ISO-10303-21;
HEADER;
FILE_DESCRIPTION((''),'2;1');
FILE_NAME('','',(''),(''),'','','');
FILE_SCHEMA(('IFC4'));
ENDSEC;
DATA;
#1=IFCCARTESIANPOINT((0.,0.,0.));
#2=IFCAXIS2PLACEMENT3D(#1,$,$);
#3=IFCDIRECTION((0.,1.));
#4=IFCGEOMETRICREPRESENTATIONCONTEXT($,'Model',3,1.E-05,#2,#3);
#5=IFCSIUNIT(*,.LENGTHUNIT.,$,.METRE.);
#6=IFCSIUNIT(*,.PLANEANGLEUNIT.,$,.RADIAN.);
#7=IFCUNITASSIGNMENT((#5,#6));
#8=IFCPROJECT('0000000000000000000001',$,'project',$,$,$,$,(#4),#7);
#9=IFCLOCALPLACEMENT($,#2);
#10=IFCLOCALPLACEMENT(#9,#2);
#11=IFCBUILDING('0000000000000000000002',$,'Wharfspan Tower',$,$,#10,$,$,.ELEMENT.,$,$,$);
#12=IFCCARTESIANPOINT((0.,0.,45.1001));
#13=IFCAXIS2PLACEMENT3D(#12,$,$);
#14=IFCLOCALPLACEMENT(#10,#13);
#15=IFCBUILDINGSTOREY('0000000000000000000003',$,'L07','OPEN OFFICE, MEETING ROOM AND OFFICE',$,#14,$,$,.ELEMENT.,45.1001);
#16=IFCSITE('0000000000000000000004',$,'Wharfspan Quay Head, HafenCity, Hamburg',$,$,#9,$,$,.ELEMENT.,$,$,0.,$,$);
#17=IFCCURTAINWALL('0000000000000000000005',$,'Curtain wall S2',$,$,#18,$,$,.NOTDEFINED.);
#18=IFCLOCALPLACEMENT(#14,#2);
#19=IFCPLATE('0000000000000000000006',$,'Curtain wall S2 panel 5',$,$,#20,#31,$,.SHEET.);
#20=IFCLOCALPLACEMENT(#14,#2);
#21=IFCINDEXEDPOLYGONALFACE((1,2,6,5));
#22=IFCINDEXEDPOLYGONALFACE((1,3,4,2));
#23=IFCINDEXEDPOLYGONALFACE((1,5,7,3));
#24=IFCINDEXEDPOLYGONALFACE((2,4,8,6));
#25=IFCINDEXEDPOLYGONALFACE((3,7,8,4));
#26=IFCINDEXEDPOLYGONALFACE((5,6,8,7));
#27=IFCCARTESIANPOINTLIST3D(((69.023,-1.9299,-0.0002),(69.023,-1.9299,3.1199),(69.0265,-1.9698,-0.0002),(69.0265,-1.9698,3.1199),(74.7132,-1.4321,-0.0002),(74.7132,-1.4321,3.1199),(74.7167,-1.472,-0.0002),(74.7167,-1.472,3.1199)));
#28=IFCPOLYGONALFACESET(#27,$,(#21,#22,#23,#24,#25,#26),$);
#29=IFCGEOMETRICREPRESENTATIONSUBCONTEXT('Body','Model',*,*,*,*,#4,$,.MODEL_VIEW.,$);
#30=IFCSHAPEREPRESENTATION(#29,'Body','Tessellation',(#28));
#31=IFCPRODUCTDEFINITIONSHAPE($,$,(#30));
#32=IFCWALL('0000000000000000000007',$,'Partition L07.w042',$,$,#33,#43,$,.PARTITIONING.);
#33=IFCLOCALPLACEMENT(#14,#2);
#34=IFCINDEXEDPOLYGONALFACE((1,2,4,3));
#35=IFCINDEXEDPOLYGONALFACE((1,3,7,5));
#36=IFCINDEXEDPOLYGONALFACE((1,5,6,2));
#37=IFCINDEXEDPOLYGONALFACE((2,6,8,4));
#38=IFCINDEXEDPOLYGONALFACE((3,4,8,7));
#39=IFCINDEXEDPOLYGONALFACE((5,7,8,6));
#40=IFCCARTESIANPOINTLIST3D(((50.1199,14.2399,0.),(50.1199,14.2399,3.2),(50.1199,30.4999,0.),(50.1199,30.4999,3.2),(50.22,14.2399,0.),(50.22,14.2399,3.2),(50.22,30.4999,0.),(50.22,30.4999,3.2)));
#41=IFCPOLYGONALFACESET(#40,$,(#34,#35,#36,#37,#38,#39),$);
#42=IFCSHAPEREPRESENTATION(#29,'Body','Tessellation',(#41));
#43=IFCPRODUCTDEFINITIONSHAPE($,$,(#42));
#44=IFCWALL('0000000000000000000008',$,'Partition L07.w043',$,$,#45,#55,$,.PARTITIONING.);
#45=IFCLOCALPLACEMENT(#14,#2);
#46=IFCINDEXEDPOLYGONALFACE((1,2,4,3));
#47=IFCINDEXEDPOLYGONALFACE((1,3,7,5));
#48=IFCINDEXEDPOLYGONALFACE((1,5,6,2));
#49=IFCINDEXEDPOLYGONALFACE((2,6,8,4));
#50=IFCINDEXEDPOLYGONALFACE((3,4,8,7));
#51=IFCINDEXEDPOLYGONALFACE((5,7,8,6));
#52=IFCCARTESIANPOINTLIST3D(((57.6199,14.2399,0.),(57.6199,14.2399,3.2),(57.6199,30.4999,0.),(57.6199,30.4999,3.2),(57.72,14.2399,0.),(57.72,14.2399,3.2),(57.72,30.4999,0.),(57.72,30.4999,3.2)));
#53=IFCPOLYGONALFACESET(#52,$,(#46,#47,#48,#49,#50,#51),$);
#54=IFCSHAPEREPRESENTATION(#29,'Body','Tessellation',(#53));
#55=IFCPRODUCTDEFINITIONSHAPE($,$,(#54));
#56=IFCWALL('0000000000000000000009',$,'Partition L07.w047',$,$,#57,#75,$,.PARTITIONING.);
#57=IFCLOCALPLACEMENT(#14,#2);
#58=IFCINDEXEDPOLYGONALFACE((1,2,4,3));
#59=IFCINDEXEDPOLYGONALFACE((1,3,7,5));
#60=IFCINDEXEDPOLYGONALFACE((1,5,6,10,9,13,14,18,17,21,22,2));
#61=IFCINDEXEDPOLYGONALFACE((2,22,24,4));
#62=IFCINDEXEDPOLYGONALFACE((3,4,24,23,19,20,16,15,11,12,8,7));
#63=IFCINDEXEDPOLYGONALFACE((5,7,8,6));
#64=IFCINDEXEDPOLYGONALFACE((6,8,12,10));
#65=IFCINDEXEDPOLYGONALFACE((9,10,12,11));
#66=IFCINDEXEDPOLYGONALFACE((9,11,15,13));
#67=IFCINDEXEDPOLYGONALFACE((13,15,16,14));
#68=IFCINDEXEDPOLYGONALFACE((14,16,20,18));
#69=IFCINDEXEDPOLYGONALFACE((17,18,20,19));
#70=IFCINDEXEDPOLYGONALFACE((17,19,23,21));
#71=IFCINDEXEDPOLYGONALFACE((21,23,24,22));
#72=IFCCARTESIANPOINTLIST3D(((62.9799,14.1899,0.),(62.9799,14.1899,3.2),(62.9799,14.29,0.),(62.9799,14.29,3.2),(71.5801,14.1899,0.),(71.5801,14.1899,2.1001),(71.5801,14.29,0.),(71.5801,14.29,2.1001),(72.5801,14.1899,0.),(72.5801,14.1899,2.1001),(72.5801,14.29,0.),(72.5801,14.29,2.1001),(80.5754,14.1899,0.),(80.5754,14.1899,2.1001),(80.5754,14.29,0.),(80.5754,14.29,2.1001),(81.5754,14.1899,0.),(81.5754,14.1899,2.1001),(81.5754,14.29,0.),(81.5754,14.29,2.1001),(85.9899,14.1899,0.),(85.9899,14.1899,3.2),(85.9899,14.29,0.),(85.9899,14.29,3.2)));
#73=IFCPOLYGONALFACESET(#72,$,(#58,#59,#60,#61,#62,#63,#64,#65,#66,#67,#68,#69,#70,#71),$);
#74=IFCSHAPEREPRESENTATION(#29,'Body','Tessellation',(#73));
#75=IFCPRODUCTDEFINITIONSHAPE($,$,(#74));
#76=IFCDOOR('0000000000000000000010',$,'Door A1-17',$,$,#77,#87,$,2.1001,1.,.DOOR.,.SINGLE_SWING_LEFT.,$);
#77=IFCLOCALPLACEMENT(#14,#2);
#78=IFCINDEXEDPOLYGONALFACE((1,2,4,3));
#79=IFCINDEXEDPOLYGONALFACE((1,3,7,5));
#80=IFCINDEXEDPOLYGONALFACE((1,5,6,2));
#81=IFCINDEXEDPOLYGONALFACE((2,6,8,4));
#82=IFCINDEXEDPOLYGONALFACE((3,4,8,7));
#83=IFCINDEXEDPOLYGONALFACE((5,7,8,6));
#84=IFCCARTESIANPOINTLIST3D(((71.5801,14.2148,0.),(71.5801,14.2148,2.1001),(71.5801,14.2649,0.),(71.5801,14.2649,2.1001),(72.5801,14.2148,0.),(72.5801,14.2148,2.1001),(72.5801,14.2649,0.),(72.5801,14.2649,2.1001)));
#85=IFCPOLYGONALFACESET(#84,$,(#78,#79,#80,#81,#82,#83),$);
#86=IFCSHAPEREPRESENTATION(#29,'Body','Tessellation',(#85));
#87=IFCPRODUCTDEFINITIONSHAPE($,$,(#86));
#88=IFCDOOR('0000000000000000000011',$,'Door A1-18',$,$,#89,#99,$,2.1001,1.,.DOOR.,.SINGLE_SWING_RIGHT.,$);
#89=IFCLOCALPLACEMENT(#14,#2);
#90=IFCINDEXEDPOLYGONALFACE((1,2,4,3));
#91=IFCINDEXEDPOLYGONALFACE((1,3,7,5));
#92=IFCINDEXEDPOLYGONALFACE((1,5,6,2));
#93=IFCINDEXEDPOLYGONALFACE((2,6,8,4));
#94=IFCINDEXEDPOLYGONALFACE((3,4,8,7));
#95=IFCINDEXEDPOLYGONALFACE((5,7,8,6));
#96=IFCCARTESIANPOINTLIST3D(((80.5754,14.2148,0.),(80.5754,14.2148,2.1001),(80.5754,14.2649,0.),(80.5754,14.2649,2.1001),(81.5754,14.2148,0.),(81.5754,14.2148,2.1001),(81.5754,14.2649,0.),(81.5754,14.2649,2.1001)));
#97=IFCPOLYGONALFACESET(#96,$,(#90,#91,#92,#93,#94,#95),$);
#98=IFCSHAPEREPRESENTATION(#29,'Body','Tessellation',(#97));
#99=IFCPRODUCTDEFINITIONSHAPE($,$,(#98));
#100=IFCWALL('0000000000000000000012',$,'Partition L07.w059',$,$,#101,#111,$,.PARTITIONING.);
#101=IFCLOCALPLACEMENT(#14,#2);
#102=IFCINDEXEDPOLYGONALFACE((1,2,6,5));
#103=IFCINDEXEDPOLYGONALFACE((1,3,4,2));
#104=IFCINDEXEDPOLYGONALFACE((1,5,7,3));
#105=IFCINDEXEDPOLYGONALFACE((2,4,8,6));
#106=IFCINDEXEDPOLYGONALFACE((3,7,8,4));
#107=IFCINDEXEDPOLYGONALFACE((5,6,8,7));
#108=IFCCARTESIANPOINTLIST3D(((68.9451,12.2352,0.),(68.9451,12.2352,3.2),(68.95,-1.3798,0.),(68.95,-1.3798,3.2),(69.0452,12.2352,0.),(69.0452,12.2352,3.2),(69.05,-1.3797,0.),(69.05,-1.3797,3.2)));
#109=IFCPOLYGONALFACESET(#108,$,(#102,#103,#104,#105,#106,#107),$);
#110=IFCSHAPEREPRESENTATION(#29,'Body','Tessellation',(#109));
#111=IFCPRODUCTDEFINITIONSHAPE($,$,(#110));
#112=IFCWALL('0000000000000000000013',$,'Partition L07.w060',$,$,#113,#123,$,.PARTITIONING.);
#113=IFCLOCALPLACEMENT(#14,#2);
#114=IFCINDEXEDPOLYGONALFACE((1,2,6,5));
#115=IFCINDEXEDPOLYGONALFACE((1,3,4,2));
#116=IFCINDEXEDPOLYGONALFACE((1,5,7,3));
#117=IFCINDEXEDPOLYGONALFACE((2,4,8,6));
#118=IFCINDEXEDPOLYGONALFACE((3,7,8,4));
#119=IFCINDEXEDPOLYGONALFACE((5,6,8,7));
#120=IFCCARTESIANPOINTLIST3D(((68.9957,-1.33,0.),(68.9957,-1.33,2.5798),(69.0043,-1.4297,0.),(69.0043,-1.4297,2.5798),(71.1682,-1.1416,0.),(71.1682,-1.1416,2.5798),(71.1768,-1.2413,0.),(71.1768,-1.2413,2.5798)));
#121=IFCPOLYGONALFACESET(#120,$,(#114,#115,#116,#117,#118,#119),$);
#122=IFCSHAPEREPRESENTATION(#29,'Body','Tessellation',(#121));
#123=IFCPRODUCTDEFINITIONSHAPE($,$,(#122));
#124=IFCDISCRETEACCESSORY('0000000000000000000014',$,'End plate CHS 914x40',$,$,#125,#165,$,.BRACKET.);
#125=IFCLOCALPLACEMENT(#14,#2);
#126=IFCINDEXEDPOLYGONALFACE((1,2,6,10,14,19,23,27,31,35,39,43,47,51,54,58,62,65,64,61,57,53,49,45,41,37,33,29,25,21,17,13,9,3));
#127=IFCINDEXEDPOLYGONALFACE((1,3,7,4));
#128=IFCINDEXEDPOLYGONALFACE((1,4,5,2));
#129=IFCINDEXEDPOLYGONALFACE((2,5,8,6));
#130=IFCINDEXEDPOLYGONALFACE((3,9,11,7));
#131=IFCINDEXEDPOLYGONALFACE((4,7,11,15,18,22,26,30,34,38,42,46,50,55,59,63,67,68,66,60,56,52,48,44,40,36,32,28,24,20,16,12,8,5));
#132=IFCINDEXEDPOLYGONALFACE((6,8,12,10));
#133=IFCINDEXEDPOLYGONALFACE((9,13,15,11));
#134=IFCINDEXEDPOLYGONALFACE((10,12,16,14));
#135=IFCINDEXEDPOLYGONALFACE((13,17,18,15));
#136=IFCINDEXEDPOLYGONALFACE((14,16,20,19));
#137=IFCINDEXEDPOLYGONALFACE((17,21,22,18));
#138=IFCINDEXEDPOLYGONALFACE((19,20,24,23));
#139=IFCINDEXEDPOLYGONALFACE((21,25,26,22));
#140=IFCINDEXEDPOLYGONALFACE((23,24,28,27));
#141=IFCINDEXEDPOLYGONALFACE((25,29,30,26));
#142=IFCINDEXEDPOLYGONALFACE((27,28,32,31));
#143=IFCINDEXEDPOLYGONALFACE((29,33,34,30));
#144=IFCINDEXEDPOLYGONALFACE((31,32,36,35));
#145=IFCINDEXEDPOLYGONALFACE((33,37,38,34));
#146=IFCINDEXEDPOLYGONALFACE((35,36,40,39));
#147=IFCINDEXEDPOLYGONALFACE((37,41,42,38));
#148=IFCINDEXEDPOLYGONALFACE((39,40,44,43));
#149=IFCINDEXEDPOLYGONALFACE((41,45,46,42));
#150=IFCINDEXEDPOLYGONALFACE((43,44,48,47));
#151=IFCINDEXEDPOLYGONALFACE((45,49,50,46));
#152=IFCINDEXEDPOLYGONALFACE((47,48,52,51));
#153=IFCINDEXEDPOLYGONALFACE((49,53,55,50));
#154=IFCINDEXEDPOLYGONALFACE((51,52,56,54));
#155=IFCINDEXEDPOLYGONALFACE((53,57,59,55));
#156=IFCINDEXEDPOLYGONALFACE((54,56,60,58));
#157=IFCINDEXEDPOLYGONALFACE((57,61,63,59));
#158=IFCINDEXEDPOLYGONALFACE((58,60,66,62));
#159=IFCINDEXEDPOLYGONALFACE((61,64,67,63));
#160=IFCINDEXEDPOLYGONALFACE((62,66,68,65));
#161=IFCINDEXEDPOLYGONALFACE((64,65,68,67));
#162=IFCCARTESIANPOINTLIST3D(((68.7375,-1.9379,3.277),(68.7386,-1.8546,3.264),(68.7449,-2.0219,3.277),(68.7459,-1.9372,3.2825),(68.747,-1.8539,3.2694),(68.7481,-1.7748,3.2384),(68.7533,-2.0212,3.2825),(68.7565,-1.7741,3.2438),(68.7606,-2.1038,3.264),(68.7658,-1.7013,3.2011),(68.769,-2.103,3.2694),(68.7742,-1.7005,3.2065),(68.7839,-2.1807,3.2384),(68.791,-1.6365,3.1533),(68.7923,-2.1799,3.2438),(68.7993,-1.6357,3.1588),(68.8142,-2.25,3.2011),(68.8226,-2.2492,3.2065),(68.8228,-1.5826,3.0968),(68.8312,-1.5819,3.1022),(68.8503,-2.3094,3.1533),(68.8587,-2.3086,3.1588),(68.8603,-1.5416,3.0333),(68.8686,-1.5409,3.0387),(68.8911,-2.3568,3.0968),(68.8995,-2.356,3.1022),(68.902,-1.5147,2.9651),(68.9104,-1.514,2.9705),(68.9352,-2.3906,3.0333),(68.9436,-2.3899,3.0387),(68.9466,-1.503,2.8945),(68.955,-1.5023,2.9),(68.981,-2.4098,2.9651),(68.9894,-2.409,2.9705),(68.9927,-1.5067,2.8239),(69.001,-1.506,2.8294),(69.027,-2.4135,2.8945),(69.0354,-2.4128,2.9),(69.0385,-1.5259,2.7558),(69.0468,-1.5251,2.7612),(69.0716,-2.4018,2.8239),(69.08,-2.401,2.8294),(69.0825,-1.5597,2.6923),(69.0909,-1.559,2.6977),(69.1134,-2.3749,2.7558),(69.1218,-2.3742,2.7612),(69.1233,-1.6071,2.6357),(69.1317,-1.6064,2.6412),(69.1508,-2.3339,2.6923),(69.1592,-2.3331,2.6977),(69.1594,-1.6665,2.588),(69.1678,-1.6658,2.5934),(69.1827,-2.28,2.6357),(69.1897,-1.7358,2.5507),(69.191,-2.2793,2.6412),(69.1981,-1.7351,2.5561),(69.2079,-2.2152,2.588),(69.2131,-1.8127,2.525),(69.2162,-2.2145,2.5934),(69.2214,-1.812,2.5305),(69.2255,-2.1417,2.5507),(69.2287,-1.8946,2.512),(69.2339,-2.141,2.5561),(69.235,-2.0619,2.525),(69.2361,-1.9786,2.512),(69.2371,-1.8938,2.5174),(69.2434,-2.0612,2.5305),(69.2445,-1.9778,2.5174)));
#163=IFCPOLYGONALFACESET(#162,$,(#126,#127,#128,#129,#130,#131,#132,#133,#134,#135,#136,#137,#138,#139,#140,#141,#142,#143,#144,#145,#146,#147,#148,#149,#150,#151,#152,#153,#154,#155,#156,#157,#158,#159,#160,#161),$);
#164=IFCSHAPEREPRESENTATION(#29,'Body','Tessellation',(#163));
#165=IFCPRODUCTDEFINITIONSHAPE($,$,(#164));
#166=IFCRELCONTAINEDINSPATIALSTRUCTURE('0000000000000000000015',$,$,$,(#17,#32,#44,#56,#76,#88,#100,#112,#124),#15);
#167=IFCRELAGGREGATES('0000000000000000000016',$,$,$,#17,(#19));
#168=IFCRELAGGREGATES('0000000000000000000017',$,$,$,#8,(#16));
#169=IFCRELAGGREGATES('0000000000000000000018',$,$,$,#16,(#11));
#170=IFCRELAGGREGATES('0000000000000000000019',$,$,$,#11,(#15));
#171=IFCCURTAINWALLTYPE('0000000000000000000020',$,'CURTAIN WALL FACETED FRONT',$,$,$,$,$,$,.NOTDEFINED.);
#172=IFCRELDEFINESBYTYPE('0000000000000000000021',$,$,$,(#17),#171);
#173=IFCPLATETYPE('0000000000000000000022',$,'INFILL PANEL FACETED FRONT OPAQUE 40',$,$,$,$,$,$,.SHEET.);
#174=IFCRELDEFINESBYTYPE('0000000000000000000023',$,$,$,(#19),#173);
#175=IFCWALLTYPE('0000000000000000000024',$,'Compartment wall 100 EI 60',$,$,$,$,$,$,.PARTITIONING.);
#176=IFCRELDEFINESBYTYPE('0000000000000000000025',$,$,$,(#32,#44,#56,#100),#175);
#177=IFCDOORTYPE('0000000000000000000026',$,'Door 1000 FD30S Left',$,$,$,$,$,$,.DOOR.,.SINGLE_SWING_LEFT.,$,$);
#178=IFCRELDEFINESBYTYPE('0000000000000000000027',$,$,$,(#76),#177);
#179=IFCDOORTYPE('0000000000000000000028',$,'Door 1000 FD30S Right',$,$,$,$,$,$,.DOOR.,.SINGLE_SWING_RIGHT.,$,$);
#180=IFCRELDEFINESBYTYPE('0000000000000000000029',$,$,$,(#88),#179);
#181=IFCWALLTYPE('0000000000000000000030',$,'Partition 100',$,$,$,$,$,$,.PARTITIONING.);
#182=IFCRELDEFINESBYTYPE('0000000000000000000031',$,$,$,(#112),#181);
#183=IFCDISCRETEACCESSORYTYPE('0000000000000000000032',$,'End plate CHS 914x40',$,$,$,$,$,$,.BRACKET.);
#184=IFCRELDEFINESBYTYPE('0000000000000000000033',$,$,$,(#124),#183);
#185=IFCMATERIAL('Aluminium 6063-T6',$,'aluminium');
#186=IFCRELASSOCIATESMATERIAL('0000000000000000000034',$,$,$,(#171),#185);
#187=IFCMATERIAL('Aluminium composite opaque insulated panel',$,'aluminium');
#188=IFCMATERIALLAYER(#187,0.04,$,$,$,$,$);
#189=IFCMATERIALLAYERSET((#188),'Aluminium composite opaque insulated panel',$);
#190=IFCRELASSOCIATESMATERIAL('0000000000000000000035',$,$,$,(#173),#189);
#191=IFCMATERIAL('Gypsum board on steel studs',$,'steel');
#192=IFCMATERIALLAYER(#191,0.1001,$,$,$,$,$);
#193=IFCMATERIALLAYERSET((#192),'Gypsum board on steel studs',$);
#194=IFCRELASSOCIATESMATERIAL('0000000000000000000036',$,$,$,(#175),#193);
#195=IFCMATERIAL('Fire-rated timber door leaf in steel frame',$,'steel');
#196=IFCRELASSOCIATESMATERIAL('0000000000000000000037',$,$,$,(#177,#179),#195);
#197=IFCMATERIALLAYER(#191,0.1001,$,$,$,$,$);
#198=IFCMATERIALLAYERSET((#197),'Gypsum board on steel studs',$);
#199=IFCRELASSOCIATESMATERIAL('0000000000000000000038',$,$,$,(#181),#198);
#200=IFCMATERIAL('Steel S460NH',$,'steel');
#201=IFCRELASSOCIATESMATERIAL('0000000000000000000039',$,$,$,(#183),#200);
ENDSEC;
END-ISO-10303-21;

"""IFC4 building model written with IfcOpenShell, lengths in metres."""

from ifc_helpers import new_model, si_unit, direction, frame, frame_2d, origin, origin_2d, place, context, subcontext, project, spatial, rectangle, circle, extrude, material, layer, layer_set, material_profile, profile_set, type_object, element, fill, aggregate, save


model = new_model("IFC4")

# Units and contexts
model_context = context("Model", 3, precision=1e-05, world=origin(), true_north=direction((0.0, 1.0)))
body_context = subcontext(model_context, "Body", "Model", "MODEL_VIEW")
ifc_project = project(units=[si_unit("LENGTHUNIT", "METRE"), si_unit("PLANEANGLEUNIT", "RADIAN")], contexts=[model_context])

# Site, building, storey
site_placement = place(None, origin())
site = spatial("IfcSite", under=ifc_project, at=site_placement, Name="Wharfspan Quay Head, HafenCity, Hamburg", CompositionType="ELEMENT", RefElevation=0.0)
building_placement = place(site_placement, origin())
building = spatial("IfcBuilding", under=site, at=building_placement, Name="Wharfspan Tower", CompositionType="ELEMENT")
storey_placement = place(building_placement, frame((0.0, 0.0, 45.1001)))
storey = spatial("IfcBuildingStorey", under=building, at=storey_placement, Name="L07", Description="OPEN OFFICE, MEETING ROOM AND OFFICE", CompositionType="ELEMENT", Elevation=45.1001)

# Curtain wall
ifc_material_1 = material(Name="Aluminium 6063-T6", Category="aluminium")
curtain_wall_type = type_object("IfcCurtainWallType", Name="CURTAIN WALL FACETED FRONT", PredefinedType="NOTDEFINED", material=ifc_material_1)
curtain_wall_placement = place(storey_placement, origin())
curtain_wall = element("IfcCurtainWall", 1, at=curtain_wall_placement, inside=storey, type_object=curtain_wall_type, Name="Curtain wall S2", PredefinedType="NOTDEFINED")

# Shared definitions
ifc_material_2 = material(Name="Steel S460NH", Category="steel")

# Plate
ifc_material_3 = material(Name="Aluminium composite opaque insulated panel", Category="aluminium")
ifc_layer_1 = layer(ifc_material_3, 0.04)
ifc_layer_set_1 = layer_set([ifc_layer_1], Name="Aluminium composite opaque insulated panel")
plate_type_1 = type_object("IfcPlateType", Name="INFILL PANEL FACETED FRONT OPAQUE 40", PredefinedType="SHEET", material=ifc_layer_set_1)
plate_1_placement = place(storey_placement, frame((71.8699, -1.7009, -0.0002), z_axis=(0.0, 0.0, 1.0), x_axis=(0.996197, 0.087156, 0.0)))
plate_1 = element("IfcPlate", 2, at=plate_1_placement, type_object=plate_type_1, Name="Curtain wall S2 panel 5", PredefinedType="SHEET", context=body_context, shape_type="SweptSolid", body=[
    extrude(rectangle(XDim=5.7119, YDim=0.04, at=origin_2d()), origin(), (0.0, 0.0, 1.0), 3.1201),
])
aggregate(curtain_wall, [plate_1])

# Walls
ifc_material_4 = material(Name="Gypsum board on steel studs", Category="steel")
ifc_layer_2 = layer(ifc_material_4, 0.1001)
ifc_layer_set_2 = layer_set([ifc_layer_2], Name="Gypsum board on steel studs")
wall_type_1 = type_object("IfcWallType", Name="Compartment wall 100 EI 60", PredefinedType="PARTITIONING", material=ifc_layer_set_2)
for number, where, z_axis, x_axis, name in (
    (3, (50.1699, 14.24, 0.0), (0.0, 0.0, 1.0), (0.0, 1.0, 0.0), "Partition L07.w042"),
    (4, (57.6699, 14.24, 0.0), (0.0, 0.0, 1.0), (0.0, 1.0, 0.0), "Partition L07.w043"),
):
    element("IfcWall", number, at=place(storey_placement, frame(where, z_axis=z_axis, x_axis=x_axis)), inside=storey, type_object=wall_type_1, Name=name, PredefinedType="PARTITIONING", context=body_context, shape_type="SweptSolid", body=[
        extrude(rectangle(XDim=16.26, YDim=0.1001, at=frame_2d((8.1299, 0.0))), origin(), (0.0, 0.0, 1.0), 3.2),
    ])

# Wall, openings, doors
wall_1_placement = place(storey_placement, frame((62.98, 14.24, 0.0), z_axis=(0.0, 0.0, 1.0), x_axis=(1.0, 0.0, 0.0)))
wall_1 = element("IfcWall", 5, at=wall_1_placement, inside=storey, type_object=wall_type_1, Name="Partition L07.w047", PredefinedType="PARTITIONING", context=body_context, shape_type="SweptSolid", body=[
    extrude(rectangle(XDim=23.01, YDim=0.1001, at=frame_2d((11.5049, 0.0))), origin(), (0.0, 0.0, 1.0), 3.2),
])
opening_1_placement = place(wall_1_placement, frame((8.6001, 0.0, 0.0)))
opening_1 = element("IfcOpeningElement", 6, at=opening_1_placement, cuts=wall_1, PredefinedType="OPENING", context=body_context, shape_type="SweptSolid", body=[
    extrude(rectangle(XDim=1.0, YDim=2.1001, at=frame_2d((0.5, 1.05))), frame((0.0, 0.0601, 0.0), z_axis=(0.0, -1.0, 0.0), x_axis=(1.0, 0.0, 0.0)), (0.0, 0.0, 1.0), 0.1201),
])
opening_2_placement = place(wall_1_placement, frame((17.5955, 0.0, 0.0)))
opening_2 = element("IfcOpeningElement", 7, at=opening_2_placement, cuts=wall_1, PredefinedType="OPENING", context=body_context, shape_type="SweptSolid", body=[
    extrude(rectangle(XDim=1.0, YDim=2.1001, at=frame_2d((0.5, 1.05))), frame((0.0, 0.0601, 0.0), z_axis=(0.0, -1.0, 0.0), x_axis=(1.0, 0.0, 0.0)), (0.0, 0.0, 1.0), 0.1201),
])
ifc_material_5 = material(Name="Fire-rated timber door leaf in steel frame", Category="steel")
door_type_1 = type_object("IfcDoorType", Name="Door 1000 FD30S Left", OperationType="SINGLE_SWING_LEFT", PredefinedType="DOOR", material=ifc_material_5)
door_1_placement = place(opening_1_placement, origin())
door_1 = element("IfcDoor", 8, at=door_1_placement, inside=storey, type_object=door_type_1, Name="Door A1-17", OperationType="SINGLE_SWING_LEFT", OverallHeight=2.1001, OverallWidth=1.0, PredefinedType="DOOR", context=body_context, shape_type="SweptSolid", body=[
    extrude(rectangle(XDim=1.0, YDim=2.1001, at=frame_2d((0.5, 1.05))), frame((0.0, 0.0249, 0.0), z_axis=(0.0, -1.0, 0.0), x_axis=(1.0, 0.0, 0.0)), (0.0, 0.0, 1.0), 0.05),
])
fill(opening_1, door_1)
door_type_2 = type_object("IfcDoorType", Name="Door 1000 FD30S Right", OperationType="SINGLE_SWING_RIGHT", PredefinedType="DOOR", material=ifc_material_5)
door_2_placement = place(opening_2_placement, origin())
door_2 = element("IfcDoor", 9, at=door_2_placement, inside=storey, type_object=door_type_2, Name="Door A1-18", OperationType="SINGLE_SWING_RIGHT", OverallHeight=2.1001, OverallWidth=1.0, PredefinedType="DOOR", context=body_context, shape_type="SweptSolid", body=[
    extrude(rectangle(XDim=1.0, YDim=2.1001, at=frame_2d((0.5, 1.05))), frame((0.0, 0.0249, 0.0), z_axis=(0.0, -1.0, 0.0), x_axis=(1.0, 0.0, 0.0)), (0.0, 0.0, 1.0), 0.05),
])
fill(opening_2, door_2)

# Walls
wall_2_placement = place(storey_placement, frame((69.0, -1.3799, 0.0), z_axis=(0.0, 0.0, 1.0), x_axis=(-0.000359, 1.000002, 0.0)))
element("IfcWall", 10, at=wall_2_placement, inside=storey, type_object=wall_type_1, Name="Partition L07.w059", PredefinedType="PARTITIONING", context=body_context, shape_type="SweptSolid", body=[
    extrude(rectangle(XDim=13.615, YDim=0.1001, at=frame_2d((6.8076, 0.0))), origin(), (0.0, 0.0, 1.0), 3.2),
])
ifc_layer_3 = layer(ifc_material_4, 0.1001)
ifc_layer_set_3 = layer_set([ifc_layer_3], Name="Gypsum board on steel studs")
wall_type_2 = type_object("IfcWallType", Name="Partition 100", PredefinedType="PARTITIONING", material=ifc_layer_set_3)
wall_3_placement = place(storey_placement, frame((69.0, -1.3799, 0.0), z_axis=(0.0, 0.0, 1.0), x_axis=(0.996261, 0.086427, 0.0)))
element("IfcWall", 11, at=wall_3_placement, inside=storey, type_object=wall_type_2, Name="Partition L07.w060", PredefinedType="PARTITIONING", context=body_context, shape_type="SweptSolid", body=[
    extrude(rectangle(XDim=2.1807, YDim=0.1001, at=frame_2d((1.0903, 0.0))), origin(), (0.0, 0.0, 1.0), 2.5798),
])

# Discrete accessory
ifc_material_profile_1 = material_profile(ifc_material_2, circle(Radius=0.457, at=origin_2d()))
ifc_profile_set_1 = profile_set([ifc_material_profile_1], Name="Steel S460NH")
discrete_accessory_type = type_object("IfcDiscreteAccessoryType", Name="End plate CHS 914x40", PredefinedType="BRACKET", material=ifc_profile_set_1)
discrete_accessory_placement = place(storey_placement, frame((68.9868, -1.9583, 2.8945), z_axis=(0.837276, 0.073877, 0.541767), x_axis=(-0.087893, 0.996132, -0.000001)))
element("IfcDiscreteAccessory", 12, at=discrete_accessory_placement, inside=storey, type_object=discrete_accessory_type, Name="End plate CHS 914x40", PredefinedType="BRACKET", context=body_context, shape_type="SweptSolid", body=[
    extrude(circle(Radius=0.457, at=origin_2d()), origin(), (0.0, 0.0, 1.0), 0.01),
])

save(model, "model.ifc")
